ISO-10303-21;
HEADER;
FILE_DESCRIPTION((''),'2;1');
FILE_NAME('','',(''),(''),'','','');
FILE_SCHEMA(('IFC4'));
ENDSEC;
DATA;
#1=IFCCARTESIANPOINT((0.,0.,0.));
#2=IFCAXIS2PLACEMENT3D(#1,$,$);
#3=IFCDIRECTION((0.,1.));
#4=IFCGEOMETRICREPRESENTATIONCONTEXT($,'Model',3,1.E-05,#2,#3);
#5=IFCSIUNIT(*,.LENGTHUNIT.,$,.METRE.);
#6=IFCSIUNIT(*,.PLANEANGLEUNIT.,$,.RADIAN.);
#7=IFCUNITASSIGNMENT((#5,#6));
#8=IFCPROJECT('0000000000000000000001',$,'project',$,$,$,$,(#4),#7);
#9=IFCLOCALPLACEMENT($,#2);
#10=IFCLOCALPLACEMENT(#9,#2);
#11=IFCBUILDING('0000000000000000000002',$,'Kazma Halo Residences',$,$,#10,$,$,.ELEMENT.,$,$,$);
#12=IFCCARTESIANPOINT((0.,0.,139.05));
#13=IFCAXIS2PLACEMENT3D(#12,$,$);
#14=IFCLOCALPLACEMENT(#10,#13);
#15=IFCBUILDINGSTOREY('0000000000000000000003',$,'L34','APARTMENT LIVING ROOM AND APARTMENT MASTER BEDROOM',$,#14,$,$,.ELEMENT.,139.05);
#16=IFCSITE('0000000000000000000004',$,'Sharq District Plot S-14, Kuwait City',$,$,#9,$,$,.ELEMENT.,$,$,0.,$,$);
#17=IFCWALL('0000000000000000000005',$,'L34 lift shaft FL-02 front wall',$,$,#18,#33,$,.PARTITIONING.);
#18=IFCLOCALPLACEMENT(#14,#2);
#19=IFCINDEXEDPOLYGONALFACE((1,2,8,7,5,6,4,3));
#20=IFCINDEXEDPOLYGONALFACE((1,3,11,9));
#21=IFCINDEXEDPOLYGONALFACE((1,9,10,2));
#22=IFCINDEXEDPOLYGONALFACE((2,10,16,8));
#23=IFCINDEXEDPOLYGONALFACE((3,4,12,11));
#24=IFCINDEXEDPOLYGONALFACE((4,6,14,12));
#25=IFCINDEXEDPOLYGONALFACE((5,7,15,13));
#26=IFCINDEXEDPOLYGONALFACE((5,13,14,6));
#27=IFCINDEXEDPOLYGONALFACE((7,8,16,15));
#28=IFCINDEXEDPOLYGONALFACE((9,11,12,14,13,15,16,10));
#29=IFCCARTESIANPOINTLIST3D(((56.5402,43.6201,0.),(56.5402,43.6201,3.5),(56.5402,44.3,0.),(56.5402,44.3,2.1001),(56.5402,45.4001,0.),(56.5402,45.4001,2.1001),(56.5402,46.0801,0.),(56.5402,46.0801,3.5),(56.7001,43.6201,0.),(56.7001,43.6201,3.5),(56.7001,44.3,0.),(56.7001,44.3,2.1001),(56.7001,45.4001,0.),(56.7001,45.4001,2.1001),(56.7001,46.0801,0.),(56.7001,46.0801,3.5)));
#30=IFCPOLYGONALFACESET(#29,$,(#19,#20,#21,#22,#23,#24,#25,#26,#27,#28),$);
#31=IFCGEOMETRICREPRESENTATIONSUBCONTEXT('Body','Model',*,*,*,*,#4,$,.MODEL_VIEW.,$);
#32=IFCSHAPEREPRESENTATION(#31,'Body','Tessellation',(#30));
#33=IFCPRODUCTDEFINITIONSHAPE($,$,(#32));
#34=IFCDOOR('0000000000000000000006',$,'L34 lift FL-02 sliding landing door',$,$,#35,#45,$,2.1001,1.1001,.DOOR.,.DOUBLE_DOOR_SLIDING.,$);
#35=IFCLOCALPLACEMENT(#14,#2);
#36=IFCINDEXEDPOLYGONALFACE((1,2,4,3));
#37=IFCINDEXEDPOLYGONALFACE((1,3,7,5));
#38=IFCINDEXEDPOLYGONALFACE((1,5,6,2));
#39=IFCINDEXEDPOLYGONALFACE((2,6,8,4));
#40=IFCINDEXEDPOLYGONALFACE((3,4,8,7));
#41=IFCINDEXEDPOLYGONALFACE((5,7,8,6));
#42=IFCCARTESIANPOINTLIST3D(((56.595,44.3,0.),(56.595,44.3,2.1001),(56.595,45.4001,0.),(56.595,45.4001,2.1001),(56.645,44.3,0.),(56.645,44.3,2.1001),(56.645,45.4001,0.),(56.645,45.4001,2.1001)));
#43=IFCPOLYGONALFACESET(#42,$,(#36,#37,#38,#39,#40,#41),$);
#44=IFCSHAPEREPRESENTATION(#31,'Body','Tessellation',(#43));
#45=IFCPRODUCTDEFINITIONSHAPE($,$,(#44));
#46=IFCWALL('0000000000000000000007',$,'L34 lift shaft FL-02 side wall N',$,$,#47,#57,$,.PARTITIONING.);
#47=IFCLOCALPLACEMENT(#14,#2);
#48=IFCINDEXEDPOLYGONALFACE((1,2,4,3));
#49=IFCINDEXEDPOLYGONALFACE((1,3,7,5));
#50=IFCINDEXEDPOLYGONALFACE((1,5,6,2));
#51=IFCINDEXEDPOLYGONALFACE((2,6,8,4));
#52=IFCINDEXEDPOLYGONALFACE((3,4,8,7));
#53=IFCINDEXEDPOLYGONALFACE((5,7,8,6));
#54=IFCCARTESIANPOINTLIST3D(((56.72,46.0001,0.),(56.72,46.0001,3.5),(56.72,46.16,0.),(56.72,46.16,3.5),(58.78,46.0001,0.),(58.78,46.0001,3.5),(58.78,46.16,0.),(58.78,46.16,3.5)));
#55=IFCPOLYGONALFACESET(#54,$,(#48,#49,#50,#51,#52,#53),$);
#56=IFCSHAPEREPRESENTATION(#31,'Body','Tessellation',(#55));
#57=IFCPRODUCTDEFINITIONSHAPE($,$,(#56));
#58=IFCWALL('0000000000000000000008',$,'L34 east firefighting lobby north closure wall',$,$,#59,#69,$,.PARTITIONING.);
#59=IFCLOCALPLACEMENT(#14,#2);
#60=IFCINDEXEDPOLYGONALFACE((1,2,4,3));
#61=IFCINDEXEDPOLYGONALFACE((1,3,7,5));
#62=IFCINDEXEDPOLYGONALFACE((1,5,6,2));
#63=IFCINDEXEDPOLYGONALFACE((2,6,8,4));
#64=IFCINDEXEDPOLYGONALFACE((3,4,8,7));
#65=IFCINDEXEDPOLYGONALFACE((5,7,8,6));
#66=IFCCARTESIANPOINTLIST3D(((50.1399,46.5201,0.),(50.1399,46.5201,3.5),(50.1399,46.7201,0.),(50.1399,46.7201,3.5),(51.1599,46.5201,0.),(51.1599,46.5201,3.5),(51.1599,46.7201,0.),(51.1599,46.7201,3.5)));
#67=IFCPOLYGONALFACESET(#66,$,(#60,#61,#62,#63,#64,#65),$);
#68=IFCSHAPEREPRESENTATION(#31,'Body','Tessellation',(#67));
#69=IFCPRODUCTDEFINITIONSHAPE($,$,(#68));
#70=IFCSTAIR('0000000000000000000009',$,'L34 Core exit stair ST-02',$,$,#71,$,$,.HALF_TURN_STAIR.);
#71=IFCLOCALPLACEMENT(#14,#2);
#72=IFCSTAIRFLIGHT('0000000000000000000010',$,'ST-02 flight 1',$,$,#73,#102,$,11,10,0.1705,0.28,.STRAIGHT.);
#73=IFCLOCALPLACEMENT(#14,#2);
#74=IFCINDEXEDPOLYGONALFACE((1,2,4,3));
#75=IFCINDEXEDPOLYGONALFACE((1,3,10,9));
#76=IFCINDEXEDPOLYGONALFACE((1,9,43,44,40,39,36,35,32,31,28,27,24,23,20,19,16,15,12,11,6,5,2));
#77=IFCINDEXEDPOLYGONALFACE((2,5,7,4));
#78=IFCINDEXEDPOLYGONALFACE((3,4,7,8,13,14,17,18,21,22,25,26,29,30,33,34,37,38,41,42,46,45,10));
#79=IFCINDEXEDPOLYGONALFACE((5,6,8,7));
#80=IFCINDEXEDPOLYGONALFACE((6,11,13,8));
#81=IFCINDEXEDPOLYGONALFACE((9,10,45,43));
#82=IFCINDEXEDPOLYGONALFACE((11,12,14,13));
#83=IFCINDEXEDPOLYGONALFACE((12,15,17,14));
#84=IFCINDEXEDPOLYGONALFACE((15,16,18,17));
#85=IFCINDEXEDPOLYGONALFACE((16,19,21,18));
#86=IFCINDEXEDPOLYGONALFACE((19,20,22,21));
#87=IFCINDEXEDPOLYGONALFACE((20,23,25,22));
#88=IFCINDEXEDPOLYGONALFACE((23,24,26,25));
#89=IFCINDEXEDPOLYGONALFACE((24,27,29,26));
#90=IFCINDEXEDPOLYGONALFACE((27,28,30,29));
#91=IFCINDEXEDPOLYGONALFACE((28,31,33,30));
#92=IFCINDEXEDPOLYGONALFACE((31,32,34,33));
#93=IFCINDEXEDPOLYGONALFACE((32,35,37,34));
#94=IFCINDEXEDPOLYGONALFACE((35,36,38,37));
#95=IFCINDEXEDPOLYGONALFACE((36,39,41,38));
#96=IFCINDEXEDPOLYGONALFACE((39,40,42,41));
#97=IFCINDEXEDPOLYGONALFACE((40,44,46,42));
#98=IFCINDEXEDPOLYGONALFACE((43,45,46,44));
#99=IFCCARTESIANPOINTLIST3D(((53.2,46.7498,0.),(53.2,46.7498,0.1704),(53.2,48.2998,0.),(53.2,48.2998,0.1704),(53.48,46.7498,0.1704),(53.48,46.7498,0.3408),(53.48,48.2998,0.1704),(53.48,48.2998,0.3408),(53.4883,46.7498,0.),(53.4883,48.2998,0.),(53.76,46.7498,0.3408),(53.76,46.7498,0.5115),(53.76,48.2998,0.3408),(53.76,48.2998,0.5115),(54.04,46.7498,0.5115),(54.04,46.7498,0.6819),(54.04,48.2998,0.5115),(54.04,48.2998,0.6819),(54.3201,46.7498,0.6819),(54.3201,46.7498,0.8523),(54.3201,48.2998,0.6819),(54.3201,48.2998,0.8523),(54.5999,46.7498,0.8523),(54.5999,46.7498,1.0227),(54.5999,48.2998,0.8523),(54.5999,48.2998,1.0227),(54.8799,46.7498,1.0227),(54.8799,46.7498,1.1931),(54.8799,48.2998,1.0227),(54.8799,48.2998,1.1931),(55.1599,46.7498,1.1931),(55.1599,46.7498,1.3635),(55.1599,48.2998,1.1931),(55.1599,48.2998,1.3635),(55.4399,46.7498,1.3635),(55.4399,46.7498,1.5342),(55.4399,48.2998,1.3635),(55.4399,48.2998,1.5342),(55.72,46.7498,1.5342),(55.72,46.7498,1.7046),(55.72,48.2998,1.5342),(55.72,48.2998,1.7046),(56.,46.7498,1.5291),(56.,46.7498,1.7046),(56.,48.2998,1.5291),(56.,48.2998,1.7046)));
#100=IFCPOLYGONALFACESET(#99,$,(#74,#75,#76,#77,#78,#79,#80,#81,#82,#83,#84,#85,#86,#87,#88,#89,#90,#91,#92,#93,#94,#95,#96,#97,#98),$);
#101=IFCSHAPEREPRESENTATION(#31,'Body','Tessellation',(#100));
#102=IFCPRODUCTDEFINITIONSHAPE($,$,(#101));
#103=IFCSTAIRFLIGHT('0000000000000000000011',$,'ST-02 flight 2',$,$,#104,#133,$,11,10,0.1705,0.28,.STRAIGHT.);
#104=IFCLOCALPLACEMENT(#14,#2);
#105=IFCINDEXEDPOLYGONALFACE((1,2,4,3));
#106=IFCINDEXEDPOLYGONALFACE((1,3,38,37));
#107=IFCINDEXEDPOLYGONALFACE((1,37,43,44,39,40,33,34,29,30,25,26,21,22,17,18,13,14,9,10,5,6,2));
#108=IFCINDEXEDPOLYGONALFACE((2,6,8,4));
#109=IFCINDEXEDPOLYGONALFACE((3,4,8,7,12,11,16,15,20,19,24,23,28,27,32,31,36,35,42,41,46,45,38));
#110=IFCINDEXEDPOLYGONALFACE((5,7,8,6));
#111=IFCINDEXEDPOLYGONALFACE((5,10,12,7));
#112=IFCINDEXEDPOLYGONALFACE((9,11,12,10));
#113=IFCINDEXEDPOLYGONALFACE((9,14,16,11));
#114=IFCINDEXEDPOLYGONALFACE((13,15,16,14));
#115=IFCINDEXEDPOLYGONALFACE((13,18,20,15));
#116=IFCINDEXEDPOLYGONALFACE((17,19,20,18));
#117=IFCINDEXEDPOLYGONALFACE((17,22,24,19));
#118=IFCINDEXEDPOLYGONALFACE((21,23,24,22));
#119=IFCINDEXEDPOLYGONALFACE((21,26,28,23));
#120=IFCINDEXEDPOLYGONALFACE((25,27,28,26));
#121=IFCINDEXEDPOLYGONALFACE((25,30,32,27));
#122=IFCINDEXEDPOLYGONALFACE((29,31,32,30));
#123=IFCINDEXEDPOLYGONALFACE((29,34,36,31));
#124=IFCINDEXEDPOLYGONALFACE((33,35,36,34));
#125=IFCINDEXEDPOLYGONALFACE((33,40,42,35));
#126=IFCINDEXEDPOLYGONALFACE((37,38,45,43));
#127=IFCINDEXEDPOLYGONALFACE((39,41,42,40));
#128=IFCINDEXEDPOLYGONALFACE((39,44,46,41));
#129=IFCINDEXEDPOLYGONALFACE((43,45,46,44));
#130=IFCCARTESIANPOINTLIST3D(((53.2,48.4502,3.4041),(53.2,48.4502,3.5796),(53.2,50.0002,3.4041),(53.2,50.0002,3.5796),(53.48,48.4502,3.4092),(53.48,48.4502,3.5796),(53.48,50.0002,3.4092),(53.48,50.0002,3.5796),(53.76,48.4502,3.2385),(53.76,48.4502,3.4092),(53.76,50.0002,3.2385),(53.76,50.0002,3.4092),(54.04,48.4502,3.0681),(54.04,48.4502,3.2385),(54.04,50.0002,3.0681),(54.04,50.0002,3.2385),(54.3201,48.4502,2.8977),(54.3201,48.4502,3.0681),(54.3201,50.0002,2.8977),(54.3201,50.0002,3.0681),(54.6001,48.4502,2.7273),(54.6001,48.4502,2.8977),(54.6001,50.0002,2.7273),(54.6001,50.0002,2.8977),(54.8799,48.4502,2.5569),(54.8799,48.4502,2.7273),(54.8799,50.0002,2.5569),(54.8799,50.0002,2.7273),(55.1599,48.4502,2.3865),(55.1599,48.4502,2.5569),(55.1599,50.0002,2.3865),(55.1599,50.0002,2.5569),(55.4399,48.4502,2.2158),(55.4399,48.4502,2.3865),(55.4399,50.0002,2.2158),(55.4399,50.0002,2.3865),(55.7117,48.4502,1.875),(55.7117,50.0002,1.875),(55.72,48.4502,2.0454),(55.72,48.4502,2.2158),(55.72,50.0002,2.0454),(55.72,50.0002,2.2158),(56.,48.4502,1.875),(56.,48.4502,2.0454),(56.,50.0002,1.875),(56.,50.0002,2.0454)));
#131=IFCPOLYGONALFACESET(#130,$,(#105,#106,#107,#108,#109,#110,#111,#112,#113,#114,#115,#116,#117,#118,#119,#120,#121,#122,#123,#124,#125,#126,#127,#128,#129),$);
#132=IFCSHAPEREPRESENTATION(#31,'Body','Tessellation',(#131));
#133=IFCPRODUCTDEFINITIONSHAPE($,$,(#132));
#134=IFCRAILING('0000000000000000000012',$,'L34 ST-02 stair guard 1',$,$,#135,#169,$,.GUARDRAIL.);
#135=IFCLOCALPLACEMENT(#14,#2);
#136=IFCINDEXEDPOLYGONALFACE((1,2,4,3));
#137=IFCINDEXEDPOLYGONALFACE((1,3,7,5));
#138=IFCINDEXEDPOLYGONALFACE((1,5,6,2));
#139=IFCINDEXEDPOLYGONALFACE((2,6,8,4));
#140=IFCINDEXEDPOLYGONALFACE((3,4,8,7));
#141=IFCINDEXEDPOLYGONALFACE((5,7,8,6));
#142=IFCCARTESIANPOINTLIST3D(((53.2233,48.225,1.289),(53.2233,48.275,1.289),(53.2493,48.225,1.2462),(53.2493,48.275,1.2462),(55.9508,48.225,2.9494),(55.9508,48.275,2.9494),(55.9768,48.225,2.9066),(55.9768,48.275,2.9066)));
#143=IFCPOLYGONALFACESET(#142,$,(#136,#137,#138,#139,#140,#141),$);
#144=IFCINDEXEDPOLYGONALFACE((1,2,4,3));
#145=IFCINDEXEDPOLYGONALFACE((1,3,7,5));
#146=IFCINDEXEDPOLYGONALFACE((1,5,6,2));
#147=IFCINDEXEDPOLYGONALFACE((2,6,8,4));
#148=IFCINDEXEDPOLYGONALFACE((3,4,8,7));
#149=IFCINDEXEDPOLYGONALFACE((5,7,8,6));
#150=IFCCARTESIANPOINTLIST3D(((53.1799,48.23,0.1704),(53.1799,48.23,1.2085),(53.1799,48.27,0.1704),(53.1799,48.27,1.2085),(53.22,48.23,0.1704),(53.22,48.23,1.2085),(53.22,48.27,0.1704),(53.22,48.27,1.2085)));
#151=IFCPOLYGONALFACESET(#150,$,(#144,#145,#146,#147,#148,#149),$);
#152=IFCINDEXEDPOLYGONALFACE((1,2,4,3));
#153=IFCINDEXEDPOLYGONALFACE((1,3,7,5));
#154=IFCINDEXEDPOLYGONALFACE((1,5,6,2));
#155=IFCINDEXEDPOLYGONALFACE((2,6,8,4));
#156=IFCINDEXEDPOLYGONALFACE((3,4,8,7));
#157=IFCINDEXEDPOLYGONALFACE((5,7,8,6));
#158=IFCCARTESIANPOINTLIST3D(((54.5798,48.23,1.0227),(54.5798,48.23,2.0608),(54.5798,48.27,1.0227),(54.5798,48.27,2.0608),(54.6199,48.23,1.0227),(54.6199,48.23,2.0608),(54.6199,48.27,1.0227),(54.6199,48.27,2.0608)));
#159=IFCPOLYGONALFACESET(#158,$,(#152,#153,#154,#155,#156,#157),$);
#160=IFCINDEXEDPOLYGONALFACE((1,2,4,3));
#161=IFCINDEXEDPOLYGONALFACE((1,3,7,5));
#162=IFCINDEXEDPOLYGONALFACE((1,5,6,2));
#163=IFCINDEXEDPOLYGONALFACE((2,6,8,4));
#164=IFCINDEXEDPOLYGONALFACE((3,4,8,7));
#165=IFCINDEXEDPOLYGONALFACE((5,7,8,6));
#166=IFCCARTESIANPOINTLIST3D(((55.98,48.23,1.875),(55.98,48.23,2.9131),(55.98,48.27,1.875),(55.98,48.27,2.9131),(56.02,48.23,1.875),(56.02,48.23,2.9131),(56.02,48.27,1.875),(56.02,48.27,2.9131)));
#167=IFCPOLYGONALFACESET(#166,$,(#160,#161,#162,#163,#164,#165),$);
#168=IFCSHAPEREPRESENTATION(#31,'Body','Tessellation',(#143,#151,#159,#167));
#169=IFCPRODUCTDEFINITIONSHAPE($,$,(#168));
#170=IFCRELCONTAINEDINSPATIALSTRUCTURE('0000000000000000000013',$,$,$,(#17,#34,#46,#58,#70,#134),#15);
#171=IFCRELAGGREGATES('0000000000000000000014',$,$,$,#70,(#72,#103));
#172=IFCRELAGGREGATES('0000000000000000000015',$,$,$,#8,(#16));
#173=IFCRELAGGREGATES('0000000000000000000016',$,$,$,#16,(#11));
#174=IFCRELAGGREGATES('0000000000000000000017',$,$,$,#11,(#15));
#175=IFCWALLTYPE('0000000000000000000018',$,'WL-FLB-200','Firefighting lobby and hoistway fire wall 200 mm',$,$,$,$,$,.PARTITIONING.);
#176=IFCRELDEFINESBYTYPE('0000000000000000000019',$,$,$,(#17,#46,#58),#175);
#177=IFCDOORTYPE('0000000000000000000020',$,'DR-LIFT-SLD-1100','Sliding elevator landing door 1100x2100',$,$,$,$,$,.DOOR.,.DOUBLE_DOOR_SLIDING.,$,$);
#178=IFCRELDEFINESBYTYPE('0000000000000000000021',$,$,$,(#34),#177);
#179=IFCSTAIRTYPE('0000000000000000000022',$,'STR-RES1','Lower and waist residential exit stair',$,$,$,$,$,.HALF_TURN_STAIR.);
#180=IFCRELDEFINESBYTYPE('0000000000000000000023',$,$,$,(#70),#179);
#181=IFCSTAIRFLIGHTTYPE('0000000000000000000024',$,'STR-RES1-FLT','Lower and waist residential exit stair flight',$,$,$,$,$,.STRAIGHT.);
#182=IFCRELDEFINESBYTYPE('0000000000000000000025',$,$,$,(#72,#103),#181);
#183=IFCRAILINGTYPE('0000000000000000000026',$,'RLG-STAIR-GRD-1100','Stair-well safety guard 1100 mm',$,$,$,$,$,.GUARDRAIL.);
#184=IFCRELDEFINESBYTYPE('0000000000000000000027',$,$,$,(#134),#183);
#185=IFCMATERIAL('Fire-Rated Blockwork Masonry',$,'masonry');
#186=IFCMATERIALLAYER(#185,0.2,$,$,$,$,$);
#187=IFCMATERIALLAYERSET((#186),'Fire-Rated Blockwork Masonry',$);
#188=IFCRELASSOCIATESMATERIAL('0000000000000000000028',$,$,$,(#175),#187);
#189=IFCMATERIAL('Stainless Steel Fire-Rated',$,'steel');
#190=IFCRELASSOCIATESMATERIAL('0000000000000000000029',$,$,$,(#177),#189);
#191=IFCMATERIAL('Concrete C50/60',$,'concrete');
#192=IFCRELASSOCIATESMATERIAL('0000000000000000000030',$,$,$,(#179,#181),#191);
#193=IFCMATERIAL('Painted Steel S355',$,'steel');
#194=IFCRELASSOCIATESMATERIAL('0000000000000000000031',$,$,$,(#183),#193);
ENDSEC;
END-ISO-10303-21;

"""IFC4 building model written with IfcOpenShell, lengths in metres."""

from ifc_helpers import new_model, si_unit, direction, frame, frame_2d, origin, origin_2d, place, context, subcontext, project, spatial, polyline, rectangle, outline, extrude, material, layer, layer_set, type_object, element, fill, aggregate, save


model = new_model("IFC4")

# Units and contexts
model_context = context("Model", 3, precision=1e-05, world=origin(), true_north=direction((0.0, 1.0)))
body_context = subcontext(model_context, "Body", "Model", "MODEL_VIEW")
ifc_project = project(units=[si_unit("LENGTHUNIT", "METRE"), si_unit("PLANEANGLEUNIT", "RADIAN")], contexts=[model_context])

# Site, building, storey
site_placement = place(None, origin())
site = spatial("IfcSite", under=ifc_project, at=site_placement, Name="Sharq District Plot S-14, Kuwait City", CompositionType="ELEMENT", RefElevation=0.0)
building_placement = place(site_placement, origin())
building = spatial("IfcBuilding", under=site, at=building_placement, Name="Kazma Halo Residences", CompositionType="ELEMENT")
storey_placement = place(building_placement, frame((0.0, 0.0, 139.05)))
storey = spatial("IfcBuildingStorey", under=building, at=storey_placement, Name="L34", Description="APARTMENT LIVING ROOM AND APARTMENT MASTER BEDROOM", CompositionType="ELEMENT", Elevation=139.05)

# Wall, opening, door
ifc_material_1 = material(Name="Fire-Rated Blockwork Masonry", Category="masonry")
ifc_layer_1 = layer(ifc_material_1, 0.2)
ifc_layer_set_1 = layer_set([ifc_layer_1], Name="Fire-Rated Blockwork Masonry")
wall_type_1 = type_object("IfcWallType", Name="WL-FLB-200", Description="Firefighting lobby and hoistway fire wall 200 mm", PredefinedType="PARTITIONING", material=ifc_layer_set_1)
wall_1_placement = place(storey_placement, frame((56.6201, 46.0801, 0.0), z_axis=(0.0, 0.0, 1.0), x_axis=(0.0, -1.0, 0.0)))
wall_1 = element("IfcWall", 1, at=wall_1_placement, inside=storey, type_object=wall_type_1, Name="L34 lift shaft FL-02 front wall", PredefinedType="PARTITIONING", context=body_context, shape_type="SweptSolid", body=[
    extrude(rectangle(XDim=2.46, YDim=0.1599, at=frame_2d((1.23, 0.0))), origin(), (0.0, 0.0, 1.0), 3.5),
])
opening_1_placement = place(wall_1_placement, frame((0.6799, 0.0, 0.0)))
opening_1 = element("IfcOpeningElement", 2, at=opening_1_placement, cuts=wall_1, PredefinedType="OPENING", context=body_context, shape_type="SweptSolid", body=[
    extrude(rectangle(XDim=1.1001, YDim=2.1001, at=frame_2d((0.55, 1.05))), frame((0.0, 0.0898, 0.0), z_axis=(0.0, -1.0, 0.0), x_axis=(1.0, 0.0, 0.0)), (0.0, 0.0, 1.0), 0.1799),
])
ifc_material_2 = material(Name="Stainless Steel Fire-Rated", Category="steel")
door_type_1 = type_object("IfcDoorType", Name="DR-LIFT-SLD-1100", Description="Sliding elevator landing door 1100x2100", OperationType="DOUBLE_DOOR_SLIDING", PredefinedType="DOOR", material=ifc_material_2)
door_1_placement = place(opening_1_placement, origin())
door_1 = element("IfcDoor", 3, at=door_1_placement, inside=storey, type_object=door_type_1, Name="L34 lift FL-02 sliding landing door", OperationType="DOUBLE_DOOR_SLIDING", OverallHeight=2.1001, OverallWidth=1.1001, PredefinedType="DOOR", context=body_context, shape_type="SweptSolid", body=[
    extrude(rectangle(XDim=1.1001, YDim=2.1001, at=frame_2d((0.55, 1.05))), frame((0.0, 0.0249, 0.0), z_axis=(0.0, -1.0, 0.0), x_axis=(1.0, 0.0, 0.0)), (0.0, 0.0, 1.0), 0.05),
])
fill(opening_1, door_1)

# Walls
wall_2_placement = place(storey_placement, frame((56.72, 46.0801, 0.0), z_axis=(0.0, 0.0, 1.0), x_axis=(1.0, 0.0, 0.0)))
element("IfcWall", 4, at=wall_2_placement, inside=storey, type_object=wall_type_1, Name="L34 lift shaft FL-02 side wall N", PredefinedType="PARTITIONING", context=body_context, shape_type="SweptSolid", body=[
    extrude(rectangle(XDim=2.0601, YDim=0.1599, at=frame_2d((1.03, 0.0))), origin(), (0.0, 0.0, 1.0), 3.5),
])
wall_3_placement = place(storey_placement, frame((50.1399, 46.6201, 0.0), z_axis=(0.0, 0.0, 1.0), x_axis=(1.0, 0.0, 0.0)))
element("IfcWall", 5, at=wall_3_placement, inside=storey, type_object=wall_type_1, Name="L34 east firefighting lobby north closure wall", PredefinedType="PARTITIONING", context=body_context, shape_type="SweptSolid", body=[
    extrude(rectangle(XDim=1.02, YDim=0.2, at=frame_2d((0.51, 0.0))), origin(), (0.0, 0.0, 1.0), 3.5),
])

# Shared definitions
ifc_material_3 = material(Name="Concrete C50/60", Category="concrete")

# Stair, stair flights
stair_type = type_object("IfcStairType", Name="STR-RES1", Description="Lower and waist residential exit stair", PredefinedType="HALF_TURN_STAIR", material=ifc_material_3)
stair_placement = place(storey_placement, origin())
stair = element("IfcStair", 6, at=stair_placement, inside=storey, type_object=stair_type, Name="L34 Core exit stair ST-02", PredefinedType="HALF_TURN_STAIR")
stair_flight_type = type_object("IfcStairFlightType", Name="STR-RES1-FLT", Description="Lower and waist residential exit stair flight", PredefinedType="STRAIGHT", material=ifc_material_3)
stair_flight_1_placement = place(storey_placement, frame((53.2, 47.5249, 0.0), z_axis=(0.0, 0.0, 1.0), x_axis=(1.0, 0.0, 0.0)))
stair_flight_1 = element("IfcStairFlight", 7, at=stair_flight_1_placement, type_object=stair_flight_type, Name="ST-02 flight 1", NumberOfRisers=11, NumberOfTreads=10, PredefinedType="STRAIGHT", RiserHeight=0.1705, TreadLength=0.28, context=body_context, shape_type="SweptSolid", body=[
    extrude(outline(polyline([(0.0, 0.0), (0.0, 0.1704), (0.28, 0.1704), (0.28, 0.3408), (0.5601, 0.3408), (0.5601, 0.5115), (0.8401, 0.5115), (0.8401, 0.6819), (1.1201, 0.6819), (1.1201, 0.8523), (1.3999, 0.8523), (1.3999, 1.0227), (1.6799, 1.0227), (1.6799, 1.1931), (1.96, 1.1931), (1.96, 1.3635), (2.24, 1.3635), (2.24, 1.5342), (2.52, 1.5342), (2.52, 1.7046), (2.8, 1.7046), (2.8, 1.875), (2.8, 1.5291), (0.2883, 0.0), (0.0, 0.0)])), frame((0.0, 0.7749, 0.0), z_axis=(0.0, -1.0, 0.0), x_axis=(1.0, 0.0, 0.0)), (0.0, 0.0, 1.0), 1.55),
])
stair_flight_2_placement = place(storey_placement, frame((56.0, 49.2251, 1.875), z_axis=(0.0, 0.0, 1.0), x_axis=(-1.0, 0.0, 0.0)))
stair_flight_2 = element("IfcStairFlight", 8, at=stair_flight_2_placement, type_object=stair_flight_type, Name="ST-02 flight 2", NumberOfRisers=11, NumberOfTreads=10, PredefinedType="STRAIGHT", RiserHeight=0.1705, TreadLength=0.28, context=body_context, shape_type="SweptSolid", body=[
    extrude(outline(polyline([(0.0, 0.0), (0.0, 0.1704), (0.28, 0.1704), (0.28, 0.3408), (0.5601, 0.3408), (0.5601, 0.5115), (0.8401, 0.5115), (0.8401, 0.6819), (1.1201, 0.6819), (1.1201, 0.8523), (1.3999, 0.8523), (1.3999, 1.0227), (1.6799, 1.0227), (1.6799, 1.1931), (1.96, 1.1931), (1.96, 1.3635), (2.24, 1.3635), (2.24, 1.5342), (2.52, 1.5342), (2.52, 1.7046), (2.8, 1.7046), (2.8, 1.875), (2.8, 1.5291), (0.2883, 0.0), (0.0, 0.0)])), frame((0.0, 0.7749, 0.0), z_axis=(0.0, -1.0, 0.0), x_axis=(1.0, 0.0, 0.0)), (0.0, 0.0, 1.0), 1.55),
])
aggregate(stair, [stair_flight_1, stair_flight_2])

# Railing
ifc_material_4 = material(Name="Painted Steel S355", Category="steel")
railing_type_1 = type_object("IfcRailingType", Name="RLG-STAIR-GRD-1100", Description="Stair-well safety guard 1100 mm", PredefinedType="GUARDRAIL", material=ifc_material_4)
railing_1_placement = place(storey_placement, frame((53.2, 48.25, 0.1704)))
element("IfcRailing", 9, at=railing_1_placement, inside=storey, type_object=railing_type_1, Name="L34 ST-02 stair guard 1", PredefinedType="GUARDRAIL", context=body_context, shape_type="SweptSolid", body=[
    extrude(rectangle(XDim=0.05, YDim=0.05, at=origin_2d()), frame((0.0364, 0.0, 1.0972), z_axis=(0.85417, 0.0, 0.519994), x_axis=(0.0, 1.0, 0.0)), (0.0, 0.0, 1.0), 3.1931),
    extrude(rectangle(XDim=0.04, YDim=0.04, at=origin_2d()), origin(), (0.0, 0.0, 1.0), 1.0381),
    extrude(rectangle(XDim=0.04, YDim=0.04, at=origin_2d()), frame((1.3999, 0.0, 0.8523)), (0.0, 0.0, 1.0), 1.0381),
    extrude(rectangle(XDim=0.04, YDim=0.04, at=origin_2d()), frame((2.8, 0.0, 1.7046)), (0.0, 0.0, 1.0), 1.0381),
])

save(model, "model.ifc")
